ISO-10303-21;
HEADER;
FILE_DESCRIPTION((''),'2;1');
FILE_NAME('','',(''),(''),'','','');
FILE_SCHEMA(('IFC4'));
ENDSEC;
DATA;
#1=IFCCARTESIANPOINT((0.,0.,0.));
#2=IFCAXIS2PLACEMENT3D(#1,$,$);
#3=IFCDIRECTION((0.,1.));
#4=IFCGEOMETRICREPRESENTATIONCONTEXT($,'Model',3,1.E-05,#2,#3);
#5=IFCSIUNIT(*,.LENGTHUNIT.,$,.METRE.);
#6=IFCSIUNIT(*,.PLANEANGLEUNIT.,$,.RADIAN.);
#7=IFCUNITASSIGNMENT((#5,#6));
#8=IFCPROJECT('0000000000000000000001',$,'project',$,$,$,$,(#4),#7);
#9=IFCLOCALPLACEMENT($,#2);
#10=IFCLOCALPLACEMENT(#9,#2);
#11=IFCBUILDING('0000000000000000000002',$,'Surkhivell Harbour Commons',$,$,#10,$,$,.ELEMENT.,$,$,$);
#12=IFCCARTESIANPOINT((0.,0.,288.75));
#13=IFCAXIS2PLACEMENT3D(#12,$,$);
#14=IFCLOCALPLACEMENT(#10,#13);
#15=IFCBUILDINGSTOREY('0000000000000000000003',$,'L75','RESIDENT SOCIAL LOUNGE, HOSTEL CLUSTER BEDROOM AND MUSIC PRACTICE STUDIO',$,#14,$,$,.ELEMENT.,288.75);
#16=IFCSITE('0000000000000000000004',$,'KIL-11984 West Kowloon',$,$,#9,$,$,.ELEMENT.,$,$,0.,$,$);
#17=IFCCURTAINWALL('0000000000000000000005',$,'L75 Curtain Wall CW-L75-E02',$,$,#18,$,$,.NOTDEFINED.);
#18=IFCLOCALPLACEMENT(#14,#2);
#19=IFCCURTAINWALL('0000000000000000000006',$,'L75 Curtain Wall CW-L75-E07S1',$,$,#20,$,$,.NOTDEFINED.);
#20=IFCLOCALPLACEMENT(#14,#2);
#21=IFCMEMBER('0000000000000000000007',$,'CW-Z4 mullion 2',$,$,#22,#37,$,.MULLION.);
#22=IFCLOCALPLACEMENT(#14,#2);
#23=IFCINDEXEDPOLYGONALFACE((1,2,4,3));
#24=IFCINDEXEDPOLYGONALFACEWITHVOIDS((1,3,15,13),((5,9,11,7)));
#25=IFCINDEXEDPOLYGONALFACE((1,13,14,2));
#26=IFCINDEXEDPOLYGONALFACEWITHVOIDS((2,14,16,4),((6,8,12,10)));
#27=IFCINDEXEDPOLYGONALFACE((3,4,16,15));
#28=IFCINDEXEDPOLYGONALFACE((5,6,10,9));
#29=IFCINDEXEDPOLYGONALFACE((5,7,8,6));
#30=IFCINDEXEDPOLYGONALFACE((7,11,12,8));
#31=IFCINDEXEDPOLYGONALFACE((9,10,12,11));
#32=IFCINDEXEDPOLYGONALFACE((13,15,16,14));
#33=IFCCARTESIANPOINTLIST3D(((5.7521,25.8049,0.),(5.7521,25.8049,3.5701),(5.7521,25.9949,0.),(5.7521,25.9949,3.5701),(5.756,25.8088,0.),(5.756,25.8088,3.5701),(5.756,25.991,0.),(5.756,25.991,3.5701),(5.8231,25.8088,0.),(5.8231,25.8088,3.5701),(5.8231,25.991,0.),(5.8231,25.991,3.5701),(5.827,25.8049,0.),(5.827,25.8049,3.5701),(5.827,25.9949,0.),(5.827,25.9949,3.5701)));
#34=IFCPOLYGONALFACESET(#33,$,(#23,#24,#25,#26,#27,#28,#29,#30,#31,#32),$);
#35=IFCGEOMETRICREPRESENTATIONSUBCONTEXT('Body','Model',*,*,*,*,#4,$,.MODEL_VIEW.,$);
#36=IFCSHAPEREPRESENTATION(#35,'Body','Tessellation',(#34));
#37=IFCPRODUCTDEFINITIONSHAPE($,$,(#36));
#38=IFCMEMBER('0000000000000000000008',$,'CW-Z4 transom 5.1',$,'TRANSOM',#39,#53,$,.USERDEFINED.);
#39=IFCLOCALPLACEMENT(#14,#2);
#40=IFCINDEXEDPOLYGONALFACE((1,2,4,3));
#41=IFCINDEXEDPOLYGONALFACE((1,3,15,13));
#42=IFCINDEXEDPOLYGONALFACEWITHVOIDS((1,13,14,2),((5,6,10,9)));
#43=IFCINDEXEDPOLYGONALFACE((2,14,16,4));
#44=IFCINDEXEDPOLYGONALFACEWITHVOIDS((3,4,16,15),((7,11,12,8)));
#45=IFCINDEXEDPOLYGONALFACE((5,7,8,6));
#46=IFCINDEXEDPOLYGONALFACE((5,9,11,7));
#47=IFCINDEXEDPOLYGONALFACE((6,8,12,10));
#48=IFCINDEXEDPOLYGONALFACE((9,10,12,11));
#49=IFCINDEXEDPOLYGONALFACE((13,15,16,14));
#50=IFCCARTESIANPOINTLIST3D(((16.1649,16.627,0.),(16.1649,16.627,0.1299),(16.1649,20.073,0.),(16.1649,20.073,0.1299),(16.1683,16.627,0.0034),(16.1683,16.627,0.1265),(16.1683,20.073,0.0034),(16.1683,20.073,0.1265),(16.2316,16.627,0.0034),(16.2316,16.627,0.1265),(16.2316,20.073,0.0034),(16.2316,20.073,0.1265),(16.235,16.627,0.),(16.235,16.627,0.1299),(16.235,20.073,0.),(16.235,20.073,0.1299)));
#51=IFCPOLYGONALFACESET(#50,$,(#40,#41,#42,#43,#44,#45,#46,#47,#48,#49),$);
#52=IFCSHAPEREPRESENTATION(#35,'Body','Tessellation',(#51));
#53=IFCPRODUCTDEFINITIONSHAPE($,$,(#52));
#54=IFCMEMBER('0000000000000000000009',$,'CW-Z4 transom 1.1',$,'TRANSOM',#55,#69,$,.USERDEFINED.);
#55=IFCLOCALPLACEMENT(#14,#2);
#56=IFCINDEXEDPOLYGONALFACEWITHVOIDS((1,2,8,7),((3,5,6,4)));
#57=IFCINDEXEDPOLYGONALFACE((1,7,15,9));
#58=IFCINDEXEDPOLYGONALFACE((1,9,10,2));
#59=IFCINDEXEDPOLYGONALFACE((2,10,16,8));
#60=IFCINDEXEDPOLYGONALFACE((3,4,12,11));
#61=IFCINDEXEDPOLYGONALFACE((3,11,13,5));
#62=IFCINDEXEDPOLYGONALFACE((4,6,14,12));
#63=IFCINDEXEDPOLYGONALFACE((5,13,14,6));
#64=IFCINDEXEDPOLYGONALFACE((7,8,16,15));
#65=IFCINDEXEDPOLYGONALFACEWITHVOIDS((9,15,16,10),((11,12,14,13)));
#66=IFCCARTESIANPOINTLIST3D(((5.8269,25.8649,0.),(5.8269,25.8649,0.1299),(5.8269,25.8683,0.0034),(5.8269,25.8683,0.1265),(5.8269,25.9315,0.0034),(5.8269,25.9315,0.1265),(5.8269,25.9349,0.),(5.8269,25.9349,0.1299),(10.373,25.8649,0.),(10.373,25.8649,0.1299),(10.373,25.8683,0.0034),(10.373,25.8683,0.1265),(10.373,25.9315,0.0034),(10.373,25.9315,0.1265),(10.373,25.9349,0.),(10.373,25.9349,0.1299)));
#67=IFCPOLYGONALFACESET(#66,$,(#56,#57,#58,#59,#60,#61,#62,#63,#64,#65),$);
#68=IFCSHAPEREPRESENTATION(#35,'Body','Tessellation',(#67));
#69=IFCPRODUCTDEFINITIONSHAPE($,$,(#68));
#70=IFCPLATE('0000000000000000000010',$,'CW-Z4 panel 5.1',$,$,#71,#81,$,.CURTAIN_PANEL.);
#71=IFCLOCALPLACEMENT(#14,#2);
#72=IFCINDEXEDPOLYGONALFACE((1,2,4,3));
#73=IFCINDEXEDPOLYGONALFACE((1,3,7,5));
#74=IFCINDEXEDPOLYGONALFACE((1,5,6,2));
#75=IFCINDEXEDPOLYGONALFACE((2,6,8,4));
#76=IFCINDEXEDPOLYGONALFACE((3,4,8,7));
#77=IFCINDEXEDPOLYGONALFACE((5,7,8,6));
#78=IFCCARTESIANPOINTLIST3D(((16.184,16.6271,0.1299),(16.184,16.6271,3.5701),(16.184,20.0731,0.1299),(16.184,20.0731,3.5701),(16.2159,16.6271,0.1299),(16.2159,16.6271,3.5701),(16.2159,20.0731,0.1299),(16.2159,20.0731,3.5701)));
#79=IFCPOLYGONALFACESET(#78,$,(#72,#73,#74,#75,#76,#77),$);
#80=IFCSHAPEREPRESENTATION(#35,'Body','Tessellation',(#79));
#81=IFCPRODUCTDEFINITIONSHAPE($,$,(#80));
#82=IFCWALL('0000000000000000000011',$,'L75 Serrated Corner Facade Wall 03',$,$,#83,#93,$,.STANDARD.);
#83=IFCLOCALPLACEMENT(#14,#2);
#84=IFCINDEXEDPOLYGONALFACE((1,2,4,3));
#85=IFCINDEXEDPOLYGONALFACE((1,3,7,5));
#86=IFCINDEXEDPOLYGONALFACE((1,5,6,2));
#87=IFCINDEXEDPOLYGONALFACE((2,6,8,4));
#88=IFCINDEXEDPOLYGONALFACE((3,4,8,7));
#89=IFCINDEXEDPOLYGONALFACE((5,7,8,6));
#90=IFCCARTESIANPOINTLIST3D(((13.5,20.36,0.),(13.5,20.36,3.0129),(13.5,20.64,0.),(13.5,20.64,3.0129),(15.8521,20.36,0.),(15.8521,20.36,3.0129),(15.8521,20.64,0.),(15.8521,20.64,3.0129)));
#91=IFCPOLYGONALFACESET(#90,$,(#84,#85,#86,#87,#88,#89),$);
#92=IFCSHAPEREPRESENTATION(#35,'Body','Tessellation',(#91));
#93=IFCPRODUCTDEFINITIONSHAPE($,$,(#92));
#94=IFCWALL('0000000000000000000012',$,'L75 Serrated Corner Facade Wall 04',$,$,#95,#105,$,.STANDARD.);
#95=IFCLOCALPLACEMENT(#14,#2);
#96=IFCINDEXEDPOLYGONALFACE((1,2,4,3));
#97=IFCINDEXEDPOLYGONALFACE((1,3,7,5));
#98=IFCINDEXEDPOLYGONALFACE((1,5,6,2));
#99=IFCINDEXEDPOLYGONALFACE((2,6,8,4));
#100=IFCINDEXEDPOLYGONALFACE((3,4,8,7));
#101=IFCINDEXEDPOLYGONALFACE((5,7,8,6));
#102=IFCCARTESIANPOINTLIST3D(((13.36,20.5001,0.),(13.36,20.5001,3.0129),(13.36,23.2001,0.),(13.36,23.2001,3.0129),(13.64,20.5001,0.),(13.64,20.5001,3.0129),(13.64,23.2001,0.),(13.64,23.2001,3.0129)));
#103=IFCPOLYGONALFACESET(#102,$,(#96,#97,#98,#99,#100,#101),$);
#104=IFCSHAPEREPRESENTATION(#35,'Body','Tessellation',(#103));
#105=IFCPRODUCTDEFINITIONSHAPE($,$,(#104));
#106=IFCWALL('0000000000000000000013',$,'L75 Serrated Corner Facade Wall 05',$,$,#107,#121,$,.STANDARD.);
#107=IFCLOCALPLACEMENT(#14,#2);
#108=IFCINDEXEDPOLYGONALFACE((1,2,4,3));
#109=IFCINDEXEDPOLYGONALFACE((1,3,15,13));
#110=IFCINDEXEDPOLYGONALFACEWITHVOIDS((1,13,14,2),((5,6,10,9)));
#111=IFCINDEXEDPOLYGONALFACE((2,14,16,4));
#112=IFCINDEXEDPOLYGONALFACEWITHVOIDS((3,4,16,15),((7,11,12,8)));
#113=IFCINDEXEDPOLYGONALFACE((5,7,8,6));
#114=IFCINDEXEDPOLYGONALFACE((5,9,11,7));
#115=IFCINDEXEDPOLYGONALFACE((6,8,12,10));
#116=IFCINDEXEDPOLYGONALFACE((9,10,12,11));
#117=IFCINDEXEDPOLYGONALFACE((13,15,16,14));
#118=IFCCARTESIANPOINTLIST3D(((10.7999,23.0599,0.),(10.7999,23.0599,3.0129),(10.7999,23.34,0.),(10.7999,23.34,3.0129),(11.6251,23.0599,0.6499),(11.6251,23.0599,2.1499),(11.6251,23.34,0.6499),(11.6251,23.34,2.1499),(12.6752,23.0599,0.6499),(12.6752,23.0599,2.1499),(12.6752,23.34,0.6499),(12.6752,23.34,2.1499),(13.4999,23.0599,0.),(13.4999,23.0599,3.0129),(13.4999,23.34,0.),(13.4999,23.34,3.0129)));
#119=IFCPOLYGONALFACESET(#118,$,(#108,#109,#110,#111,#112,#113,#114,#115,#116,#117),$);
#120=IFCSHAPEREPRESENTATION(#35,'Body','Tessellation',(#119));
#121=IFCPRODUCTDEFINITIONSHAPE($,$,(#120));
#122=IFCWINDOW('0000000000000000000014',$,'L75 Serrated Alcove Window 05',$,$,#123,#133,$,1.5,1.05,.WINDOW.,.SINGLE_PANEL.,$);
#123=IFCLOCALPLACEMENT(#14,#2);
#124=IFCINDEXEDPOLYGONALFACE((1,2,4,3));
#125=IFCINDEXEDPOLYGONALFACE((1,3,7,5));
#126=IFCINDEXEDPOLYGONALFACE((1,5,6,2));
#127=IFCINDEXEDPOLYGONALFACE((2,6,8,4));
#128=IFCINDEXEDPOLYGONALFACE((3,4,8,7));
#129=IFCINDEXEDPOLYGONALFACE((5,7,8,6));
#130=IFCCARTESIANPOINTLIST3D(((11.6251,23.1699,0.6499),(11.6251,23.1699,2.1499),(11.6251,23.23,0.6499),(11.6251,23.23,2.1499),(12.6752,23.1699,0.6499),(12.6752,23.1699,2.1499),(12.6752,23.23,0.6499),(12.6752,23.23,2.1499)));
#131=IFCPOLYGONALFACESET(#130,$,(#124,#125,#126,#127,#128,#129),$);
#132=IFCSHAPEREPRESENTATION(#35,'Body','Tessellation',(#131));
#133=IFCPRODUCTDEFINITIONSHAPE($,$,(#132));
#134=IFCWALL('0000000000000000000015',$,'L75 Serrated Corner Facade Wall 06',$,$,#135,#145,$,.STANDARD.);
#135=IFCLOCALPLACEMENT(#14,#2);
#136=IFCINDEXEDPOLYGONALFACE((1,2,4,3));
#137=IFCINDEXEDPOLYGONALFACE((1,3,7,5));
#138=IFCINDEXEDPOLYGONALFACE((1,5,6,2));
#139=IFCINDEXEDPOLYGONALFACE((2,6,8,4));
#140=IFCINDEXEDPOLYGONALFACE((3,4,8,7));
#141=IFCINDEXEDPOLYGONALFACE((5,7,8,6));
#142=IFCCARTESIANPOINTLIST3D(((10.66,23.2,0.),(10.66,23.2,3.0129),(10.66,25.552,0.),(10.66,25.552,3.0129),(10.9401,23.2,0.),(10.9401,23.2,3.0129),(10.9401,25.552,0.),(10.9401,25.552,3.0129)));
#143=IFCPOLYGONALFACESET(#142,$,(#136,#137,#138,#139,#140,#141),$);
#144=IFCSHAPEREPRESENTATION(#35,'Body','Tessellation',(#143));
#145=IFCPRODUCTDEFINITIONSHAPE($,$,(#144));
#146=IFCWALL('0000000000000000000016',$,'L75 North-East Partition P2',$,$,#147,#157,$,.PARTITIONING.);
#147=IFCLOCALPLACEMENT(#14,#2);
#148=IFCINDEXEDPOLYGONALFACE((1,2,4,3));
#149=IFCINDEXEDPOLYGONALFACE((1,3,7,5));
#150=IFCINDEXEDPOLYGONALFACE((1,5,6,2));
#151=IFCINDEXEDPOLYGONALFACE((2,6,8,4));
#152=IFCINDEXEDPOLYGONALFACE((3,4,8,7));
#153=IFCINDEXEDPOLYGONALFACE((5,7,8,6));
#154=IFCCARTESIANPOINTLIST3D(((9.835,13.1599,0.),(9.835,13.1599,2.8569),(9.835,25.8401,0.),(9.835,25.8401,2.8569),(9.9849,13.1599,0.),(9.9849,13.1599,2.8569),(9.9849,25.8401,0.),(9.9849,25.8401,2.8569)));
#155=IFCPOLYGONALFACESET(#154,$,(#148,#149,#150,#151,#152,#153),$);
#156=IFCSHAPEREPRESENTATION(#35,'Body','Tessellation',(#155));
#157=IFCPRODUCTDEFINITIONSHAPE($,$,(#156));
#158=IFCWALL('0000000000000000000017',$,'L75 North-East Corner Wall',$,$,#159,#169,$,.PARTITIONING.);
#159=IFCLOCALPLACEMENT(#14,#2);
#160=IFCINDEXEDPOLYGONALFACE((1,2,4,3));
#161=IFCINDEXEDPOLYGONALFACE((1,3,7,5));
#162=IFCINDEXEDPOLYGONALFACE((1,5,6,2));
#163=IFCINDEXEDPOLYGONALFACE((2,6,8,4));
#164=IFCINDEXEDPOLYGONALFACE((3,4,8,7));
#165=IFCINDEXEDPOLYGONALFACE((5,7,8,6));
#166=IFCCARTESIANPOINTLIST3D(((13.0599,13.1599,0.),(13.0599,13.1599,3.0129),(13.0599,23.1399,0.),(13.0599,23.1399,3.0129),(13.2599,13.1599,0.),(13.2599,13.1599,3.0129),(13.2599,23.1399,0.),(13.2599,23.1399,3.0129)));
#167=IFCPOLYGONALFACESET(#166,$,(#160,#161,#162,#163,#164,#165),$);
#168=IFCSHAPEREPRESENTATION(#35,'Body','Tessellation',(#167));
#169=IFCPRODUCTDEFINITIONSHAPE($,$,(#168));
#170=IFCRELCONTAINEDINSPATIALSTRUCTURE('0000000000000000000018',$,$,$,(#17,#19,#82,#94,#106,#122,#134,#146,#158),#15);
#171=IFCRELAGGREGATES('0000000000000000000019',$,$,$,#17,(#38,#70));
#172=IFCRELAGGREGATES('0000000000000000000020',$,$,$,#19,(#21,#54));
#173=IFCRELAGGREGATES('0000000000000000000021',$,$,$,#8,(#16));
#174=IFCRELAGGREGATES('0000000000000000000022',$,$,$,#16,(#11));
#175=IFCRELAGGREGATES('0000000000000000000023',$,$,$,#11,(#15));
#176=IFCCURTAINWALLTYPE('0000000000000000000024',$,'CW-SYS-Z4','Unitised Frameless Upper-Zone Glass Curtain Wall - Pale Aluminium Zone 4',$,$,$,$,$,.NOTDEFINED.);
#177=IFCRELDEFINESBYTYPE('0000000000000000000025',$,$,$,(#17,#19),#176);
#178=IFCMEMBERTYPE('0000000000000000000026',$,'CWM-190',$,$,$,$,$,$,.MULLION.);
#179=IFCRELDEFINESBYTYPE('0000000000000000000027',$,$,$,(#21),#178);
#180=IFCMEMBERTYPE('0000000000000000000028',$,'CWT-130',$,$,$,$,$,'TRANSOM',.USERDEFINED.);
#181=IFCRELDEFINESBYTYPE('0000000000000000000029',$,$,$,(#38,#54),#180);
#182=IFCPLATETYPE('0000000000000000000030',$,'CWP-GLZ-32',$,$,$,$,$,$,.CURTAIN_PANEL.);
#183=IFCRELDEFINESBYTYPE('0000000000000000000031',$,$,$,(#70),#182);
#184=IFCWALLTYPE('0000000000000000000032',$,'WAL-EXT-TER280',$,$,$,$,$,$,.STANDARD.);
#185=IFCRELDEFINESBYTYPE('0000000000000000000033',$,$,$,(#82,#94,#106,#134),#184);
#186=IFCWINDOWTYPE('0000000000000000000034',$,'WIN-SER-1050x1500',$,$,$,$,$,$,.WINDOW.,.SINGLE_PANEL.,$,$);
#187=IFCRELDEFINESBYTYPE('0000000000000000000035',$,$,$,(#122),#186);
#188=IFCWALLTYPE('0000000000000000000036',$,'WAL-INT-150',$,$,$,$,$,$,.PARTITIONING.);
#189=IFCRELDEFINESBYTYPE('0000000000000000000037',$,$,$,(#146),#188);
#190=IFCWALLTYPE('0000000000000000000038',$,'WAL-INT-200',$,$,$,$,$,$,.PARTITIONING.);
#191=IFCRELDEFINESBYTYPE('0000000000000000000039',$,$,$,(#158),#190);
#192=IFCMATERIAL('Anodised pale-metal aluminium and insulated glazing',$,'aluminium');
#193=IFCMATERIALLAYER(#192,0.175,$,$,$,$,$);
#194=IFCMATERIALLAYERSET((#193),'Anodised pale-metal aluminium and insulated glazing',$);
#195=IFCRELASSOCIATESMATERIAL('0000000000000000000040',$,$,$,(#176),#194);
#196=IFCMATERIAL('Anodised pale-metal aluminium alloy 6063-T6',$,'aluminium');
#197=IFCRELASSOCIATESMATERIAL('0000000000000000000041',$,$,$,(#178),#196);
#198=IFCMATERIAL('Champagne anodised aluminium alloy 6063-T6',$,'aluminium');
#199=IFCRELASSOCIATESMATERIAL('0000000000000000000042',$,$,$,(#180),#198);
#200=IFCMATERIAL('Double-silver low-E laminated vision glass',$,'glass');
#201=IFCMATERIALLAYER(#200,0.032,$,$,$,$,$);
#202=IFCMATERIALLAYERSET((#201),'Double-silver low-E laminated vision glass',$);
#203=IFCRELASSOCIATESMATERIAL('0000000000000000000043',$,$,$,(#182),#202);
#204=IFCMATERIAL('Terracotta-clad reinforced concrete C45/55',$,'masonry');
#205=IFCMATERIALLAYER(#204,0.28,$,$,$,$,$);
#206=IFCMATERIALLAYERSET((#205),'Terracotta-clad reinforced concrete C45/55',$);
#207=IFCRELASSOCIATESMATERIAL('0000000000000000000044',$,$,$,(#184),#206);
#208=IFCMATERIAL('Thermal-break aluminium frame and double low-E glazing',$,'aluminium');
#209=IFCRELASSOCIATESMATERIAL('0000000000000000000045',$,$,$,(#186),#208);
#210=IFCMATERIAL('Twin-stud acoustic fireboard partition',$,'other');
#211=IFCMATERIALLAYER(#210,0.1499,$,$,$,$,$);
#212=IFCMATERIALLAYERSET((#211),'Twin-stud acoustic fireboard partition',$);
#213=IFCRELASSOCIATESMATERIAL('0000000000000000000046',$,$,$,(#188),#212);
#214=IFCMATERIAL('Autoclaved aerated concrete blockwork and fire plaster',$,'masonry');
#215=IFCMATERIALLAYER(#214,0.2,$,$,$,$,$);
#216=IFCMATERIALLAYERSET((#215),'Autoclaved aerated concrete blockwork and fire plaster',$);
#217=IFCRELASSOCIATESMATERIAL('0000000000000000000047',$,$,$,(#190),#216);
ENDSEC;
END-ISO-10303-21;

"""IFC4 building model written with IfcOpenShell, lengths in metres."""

from ifc_helpers import new_model, si_unit, direction, frame, frame_2d, origin, origin_2d, place, context, subcontext, project, spatial, rectangle, hollow_rectangle, extrude, material, layer, layer_set, material_profile, profile_set, type_object, element, fill, aggregate, save


model = new_model("IFC4")

# Units and contexts
model_context = context("Model", 3, precision=1e-05, world=origin(), true_north=direction((0.0, 1.0)))
body_context = subcontext(model_context, "Body", "Model", "MODEL_VIEW")
ifc_project = project(units=[si_unit("LENGTHUNIT", "METRE"), si_unit("PLANEANGLEUNIT", "RADIAN")], contexts=[model_context])

# Site, building, storey
site_placement = place(None, origin())
site = spatial("IfcSite", under=ifc_project, at=site_placement, Name="KIL-11984 West Kowloon", CompositionType="ELEMENT", RefElevation=0.0)
building_placement = place(site_placement, origin())
building = spatial("IfcBuilding", under=site, at=building_placement, Name="Surkhivell Harbour Commons", CompositionType="ELEMENT")
storey_placement = place(building_placement, frame((0.0, 0.0, 288.75)))
storey = spatial("IfcBuildingStorey", under=building, at=storey_placement, Name="L75", Description="RESIDENT SOCIAL LOUNGE, HOSTEL CLUSTER BEDROOM AND MUSIC PRACTICE STUDIO", CompositionType="ELEMENT", Elevation=288.75)

# Curtain walls, member
ifc_material_1 = material(Name="Anodised pale-metal aluminium and insulated glazing", Category="aluminium")
ifc_layer_1 = layer(ifc_material_1, 0.175)
ifc_layer_set_1 = layer_set([ifc_layer_1], Name="Anodised pale-metal aluminium and insulated glazing")
curtain_wall_type = type_object("IfcCurtainWallType", Name="CW-SYS-Z4", Description="Unitised Frameless Upper-Zone Glass Curtain Wall - Pale Aluminium Zone 4", PredefinedType="NOTDEFINED", material=ifc_layer_set_1)
curtain_wall_1_placement = place(storey_placement, origin())
curtain_wall_1 = element("IfcCurtainWall", 1, at=curtain_wall_1_placement, inside=storey, type_object=curtain_wall_type, Name="L75 Curtain Wall CW-L75-E02", PredefinedType="NOTDEFINED")
ifc_material_2 = material(Name="Anodised pale-metal aluminium alloy 6063-T6", Category="aluminium")
ifc_material_profile_1 = material_profile(ifc_material_2, hollow_rectangle(XDim=0.075, YDim=0.1899, WallThickness=0.0039, at=origin_2d()), Name="ALU-MULL-75x190")
ifc_profile_set_1 = profile_set([ifc_material_profile_1], Name="Anodised pale-metal aluminium alloy 6063-T6")
member_type_1 = type_object("IfcMemberType", Name="CWM-190", PredefinedType="MULLION", material=ifc_profile_set_1)
curtain_wall_2_placement = place(storey_placement, origin())
curtain_wall_2 = element("IfcCurtainWall", 2, at=curtain_wall_2_placement, inside=storey, type_object=curtain_wall_type, Name="L75 Curtain Wall CW-L75-E07S1", PredefinedType="NOTDEFINED")
member_1_placement = place(storey_placement, frame((5.7896, 25.8999, 0.0), z_axis=(0.0, 0.0, 1.0), x_axis=(-1.0, 0.0, 0.0)))
member_1 = element("IfcMember", 3, at=member_1_placement, type_object=member_type_1, Name="CW-Z4 mullion 2", PredefinedType="MULLION", context=body_context, shape_type="SweptSolid", body=[
    extrude(hollow_rectangle(XDim=0.075, YDim=0.1899, WallThickness=0.0039, at=origin_2d()), origin(), (0.0, 0.0, 1.0), 3.5701),
])

# Members
ifc_material_3 = material(Name="Champagne anodised aluminium alloy 6063-T6", Category="aluminium")
ifc_material_profile_2 = material_profile(ifc_material_3, hollow_rectangle(XDim=0.0701, YDim=0.1299, WallThickness=0.0034, at=origin_2d()), Name="ALU-TRAN-70x130")
ifc_profile_set_2 = profile_set([ifc_material_profile_2], Name="Champagne anodised aluminium alloy 6063-T6")
member_type_2 = type_object("IfcMemberType", Name="CWT-130", ElementType="TRANSOM", PredefinedType="USERDEFINED", material=ifc_profile_set_2)
member_2_placement = place(storey_placement, frame((16.2, 16.627, 0.0649), z_axis=(0.0, 1.0, 0.0), x_axis=(-1.0, 0.0, 0.0)))
member_2 = element("IfcMember", 4, at=member_2_placement, type_object=member_type_2, Name="CW-Z4 transom 5.1", ObjectType="TRANSOM", PredefinedType="USERDEFINED", context=body_context, shape_type="SweptSolid", body=[
    extrude(hollow_rectangle(XDim=0.0701, YDim=0.1299, WallThickness=0.0034, at=origin_2d()), origin(), (0.0, 0.0, 1.0), 3.446),
])
member_3_placement = place(storey_placement, frame((10.373, 25.8999, 0.0649), z_axis=(-1.0, 0.0, 0.0), x_axis=(0.0, -1.0, 0.0)))
member_3 = element("IfcMember", 5, at=member_3_placement, type_object=member_type_2, Name="CW-Z4 transom 1.1", ObjectType="TRANSOM", PredefinedType="USERDEFINED", context=body_context, shape_type="SweptSolid", body=[
    extrude(hollow_rectangle(XDim=0.0701, YDim=0.1299, WallThickness=0.0034, at=origin_2d()), origin(), (0.0, 0.0, 1.0), 4.5461),
])

# Plate
ifc_material_4 = material(Name="Double-silver low-E laminated vision glass", Category="glass")
ifc_layer_2 = layer(ifc_material_4, 0.032)
ifc_layer_set_2 = layer_set([ifc_layer_2], Name="Double-silver low-E laminated vision glass")
plate_type = type_object("IfcPlateType", Name="CWP-GLZ-32", PredefinedType="CURTAIN_PANEL", material=ifc_layer_set_2)
plate_1_placement = place(storey_placement, frame((16.2, 16.627, 0.1299), z_axis=(0.0, 0.0, 1.0), x_axis=(0.0, 1.0, 0.0)))
plate_1 = element("IfcPlate", 6, at=plate_1_placement, type_object=plate_type, Name="CW-Z4 panel 5.1", PredefinedType="CURTAIN_PANEL", context=body_context, shape_type="SweptSolid", body=[
    extrude(rectangle(XDim=3.446, YDim=0.032, at=frame_2d((1.7231, 0.0))), origin(), (0.0, 0.0, 1.0), 3.4402),
])
aggregate(curtain_wall_1, [member_2, plate_1])
aggregate(curtain_wall_2, [member_1, member_3])

# Walls
ifc_material_5 = material(Name="Terracotta-clad reinforced concrete C45/55", Category="masonry")
ifc_layer_3 = layer(ifc_material_5, 0.28)
ifc_layer_set_3 = layer_set([ifc_layer_3], Name="Terracotta-clad reinforced concrete C45/55")
wall_type_1 = type_object("IfcWallType", Name="WAL-EXT-TER280", PredefinedType="STANDARD", material=ifc_layer_set_3)
wall_1_placement = place(storey_placement, frame((15.8521, 20.5, 0.0), z_axis=(0.0, 0.0, 1.0), x_axis=(-1.0, 0.0, 0.0)))
element("IfcWall", 7, at=wall_1_placement, inside=storey, type_object=wall_type_1, Name="L75 Serrated Corner Facade Wall 03", PredefinedType="STANDARD", context=body_context, shape_type="SweptSolid", body=[
    extrude(rectangle(XDim=2.3521, YDim=0.28, at=frame_2d((1.176, 0.0))), origin(), (0.0, 0.0, 1.0), 3.0129),
])
wall_2_placement = place(storey_placement, frame((13.5, 20.5, 0.0), z_axis=(0.0, 0.0, 1.0), x_axis=(0.0, 1.0, 0.0)))
element("IfcWall", 8, at=wall_2_placement, inside=storey, type_object=wall_type_1, Name="L75 Serrated Corner Facade Wall 04", PredefinedType="STANDARD", context=body_context, shape_type="SweptSolid", body=[
    extrude(rectangle(XDim=2.7, YDim=0.28, at=frame_2d((1.3501, 0.0))), origin(), (0.0, 0.0, 1.0), 3.0129),
])

# Wall, opening, window
wall_3_placement = place(storey_placement, frame((13.5, 23.2, 0.0), z_axis=(0.0, 0.0, 1.0), x_axis=(-1.0, 0.0, 0.0)))
wall_3 = element("IfcWall", 9, at=wall_3_placement, inside=storey, type_object=wall_type_1, Name="L75 Serrated Corner Facade Wall 05", PredefinedType="STANDARD", context=body_context, shape_type="SweptSolid", body=[
    extrude(rectangle(XDim=2.7, YDim=0.28, at=frame_2d((1.3501, 0.0))), origin(), (0.0, 0.0, 1.0), 3.0129),
])
opening_placement = place(wall_3_placement, frame((0.825, 0.0, 0.6499)))
opening = element("IfcOpeningElement", 10, at=opening_placement, cuts=wall_3, PredefinedType="OPENING", context=body_context, shape_type="SweptSolid", body=[
    extrude(rectangle(XDim=1.05, YDim=1.5, at=frame_2d((0.5249, 0.75))), frame((0.0, 0.1499, 0.0), z_axis=(0.0, -1.0, 0.0), x_axis=(1.0, 0.0, 0.0)), (0.0, 0.0, 1.0), 0.3),
])
ifc_material_6 = material(Name="Thermal-break aluminium frame and double low-E glazing", Category="aluminium")
window_type = type_object("IfcWindowType", Name="WIN-SER-1050x1500", PartitioningType="SINGLE_PANEL", PredefinedType="WINDOW", material=ifc_material_6)
window_placement = place(opening_placement, origin())
window = element("IfcWindow", 11, at=window_placement, inside=storey, type_object=window_type, Name="L75 Serrated Alcove Window 05", OverallHeight=1.5, OverallWidth=1.05, PartitioningType="SINGLE_PANEL", PredefinedType="WINDOW", context=body_context, shape_type="SweptSolid", body=[
    extrude(rectangle(XDim=1.05, YDim=1.5, at=frame_2d((0.5249, 0.75))), frame((0.0, 0.03, 0.0), z_axis=(0.0, -1.0, 0.0), x_axis=(1.0, 0.0, 0.0)), (0.0, 0.0, 1.0), 0.0601),
])
fill(opening, window)

# Walls
wall_4_placement = place(storey_placement, frame((10.8, 23.2, 0.0), z_axis=(0.0, 0.0, 1.0), x_axis=(0.0, 1.0, 0.0)))
element("IfcWall", 12, at=wall_4_placement, inside=storey, type_object=wall_type_1, Name="L75 Serrated Corner Facade Wall 06", PredefinedType="STANDARD", context=body_context, shape_type="SweptSolid", body=[
    extrude(rectangle(XDim=2.3521, YDim=0.28, at=frame_2d((1.176, 0.0))), origin(), (0.0, 0.0, 1.0), 3.0129),
])
ifc_material_7 = material(Name="Twin-stud acoustic fireboard partition", Category="other")
ifc_layer_4 = layer(ifc_material_7, 0.1499)
ifc_layer_set_4 = layer_set([ifc_layer_4], Name="Twin-stud acoustic fireboard partition")
wall_type_2 = type_object("IfcWallType", Name="WAL-INT-150", PredefinedType="PARTITIONING", material=ifc_layer_set_4)
wall_5_placement = place(storey_placement, frame((9.9099, 13.1599, 0.0), z_axis=(0.0, 0.0, 1.0), x_axis=(0.0, 1.0, 0.0)))
element("IfcWall", 13, at=wall_5_placement, inside=storey, type_object=wall_type_2, Name="L75 North-East Partition P2", PredefinedType="PARTITIONING", context=body_context, shape_type="SweptSolid", body=[
    extrude(rectangle(XDim=12.6802, YDim=0.1499, at=frame_2d((6.3401, 0.0))), origin(), (0.0, 0.0, 1.0), 2.8569),
])
ifc_material_8 = material(Name="Autoclaved aerated concrete blockwork and fire plaster", Category="masonry")
ifc_layer_5 = layer(ifc_material_8, 0.2)
ifc_layer_set_5 = layer_set([ifc_layer_5], Name="Autoclaved aerated concrete blockwork and fire plaster")
wall_type_3 = type_object("IfcWallType", Name="WAL-INT-200", PredefinedType="PARTITIONING", material=ifc_layer_set_5)
wall_6_placement = place(storey_placement, frame((13.1599, 13.1599, 0.0), z_axis=(0.0, 0.0, 1.0), x_axis=(0.0, 1.0, 0.0)))
element("IfcWall", 14, at=wall_6_placement, inside=storey, type_object=wall_type_3, Name="L75 North-East Corner Wall", PredefinedType="PARTITIONING", context=body_context, shape_type="SweptSolid", body=[
    extrude(rectangle(XDim=9.98, YDim=0.2, at=frame_2d((4.99, 0.0))), origin(), (0.0, 0.0, 1.0), 3.0129),
])

save(model, "model.ifc")
